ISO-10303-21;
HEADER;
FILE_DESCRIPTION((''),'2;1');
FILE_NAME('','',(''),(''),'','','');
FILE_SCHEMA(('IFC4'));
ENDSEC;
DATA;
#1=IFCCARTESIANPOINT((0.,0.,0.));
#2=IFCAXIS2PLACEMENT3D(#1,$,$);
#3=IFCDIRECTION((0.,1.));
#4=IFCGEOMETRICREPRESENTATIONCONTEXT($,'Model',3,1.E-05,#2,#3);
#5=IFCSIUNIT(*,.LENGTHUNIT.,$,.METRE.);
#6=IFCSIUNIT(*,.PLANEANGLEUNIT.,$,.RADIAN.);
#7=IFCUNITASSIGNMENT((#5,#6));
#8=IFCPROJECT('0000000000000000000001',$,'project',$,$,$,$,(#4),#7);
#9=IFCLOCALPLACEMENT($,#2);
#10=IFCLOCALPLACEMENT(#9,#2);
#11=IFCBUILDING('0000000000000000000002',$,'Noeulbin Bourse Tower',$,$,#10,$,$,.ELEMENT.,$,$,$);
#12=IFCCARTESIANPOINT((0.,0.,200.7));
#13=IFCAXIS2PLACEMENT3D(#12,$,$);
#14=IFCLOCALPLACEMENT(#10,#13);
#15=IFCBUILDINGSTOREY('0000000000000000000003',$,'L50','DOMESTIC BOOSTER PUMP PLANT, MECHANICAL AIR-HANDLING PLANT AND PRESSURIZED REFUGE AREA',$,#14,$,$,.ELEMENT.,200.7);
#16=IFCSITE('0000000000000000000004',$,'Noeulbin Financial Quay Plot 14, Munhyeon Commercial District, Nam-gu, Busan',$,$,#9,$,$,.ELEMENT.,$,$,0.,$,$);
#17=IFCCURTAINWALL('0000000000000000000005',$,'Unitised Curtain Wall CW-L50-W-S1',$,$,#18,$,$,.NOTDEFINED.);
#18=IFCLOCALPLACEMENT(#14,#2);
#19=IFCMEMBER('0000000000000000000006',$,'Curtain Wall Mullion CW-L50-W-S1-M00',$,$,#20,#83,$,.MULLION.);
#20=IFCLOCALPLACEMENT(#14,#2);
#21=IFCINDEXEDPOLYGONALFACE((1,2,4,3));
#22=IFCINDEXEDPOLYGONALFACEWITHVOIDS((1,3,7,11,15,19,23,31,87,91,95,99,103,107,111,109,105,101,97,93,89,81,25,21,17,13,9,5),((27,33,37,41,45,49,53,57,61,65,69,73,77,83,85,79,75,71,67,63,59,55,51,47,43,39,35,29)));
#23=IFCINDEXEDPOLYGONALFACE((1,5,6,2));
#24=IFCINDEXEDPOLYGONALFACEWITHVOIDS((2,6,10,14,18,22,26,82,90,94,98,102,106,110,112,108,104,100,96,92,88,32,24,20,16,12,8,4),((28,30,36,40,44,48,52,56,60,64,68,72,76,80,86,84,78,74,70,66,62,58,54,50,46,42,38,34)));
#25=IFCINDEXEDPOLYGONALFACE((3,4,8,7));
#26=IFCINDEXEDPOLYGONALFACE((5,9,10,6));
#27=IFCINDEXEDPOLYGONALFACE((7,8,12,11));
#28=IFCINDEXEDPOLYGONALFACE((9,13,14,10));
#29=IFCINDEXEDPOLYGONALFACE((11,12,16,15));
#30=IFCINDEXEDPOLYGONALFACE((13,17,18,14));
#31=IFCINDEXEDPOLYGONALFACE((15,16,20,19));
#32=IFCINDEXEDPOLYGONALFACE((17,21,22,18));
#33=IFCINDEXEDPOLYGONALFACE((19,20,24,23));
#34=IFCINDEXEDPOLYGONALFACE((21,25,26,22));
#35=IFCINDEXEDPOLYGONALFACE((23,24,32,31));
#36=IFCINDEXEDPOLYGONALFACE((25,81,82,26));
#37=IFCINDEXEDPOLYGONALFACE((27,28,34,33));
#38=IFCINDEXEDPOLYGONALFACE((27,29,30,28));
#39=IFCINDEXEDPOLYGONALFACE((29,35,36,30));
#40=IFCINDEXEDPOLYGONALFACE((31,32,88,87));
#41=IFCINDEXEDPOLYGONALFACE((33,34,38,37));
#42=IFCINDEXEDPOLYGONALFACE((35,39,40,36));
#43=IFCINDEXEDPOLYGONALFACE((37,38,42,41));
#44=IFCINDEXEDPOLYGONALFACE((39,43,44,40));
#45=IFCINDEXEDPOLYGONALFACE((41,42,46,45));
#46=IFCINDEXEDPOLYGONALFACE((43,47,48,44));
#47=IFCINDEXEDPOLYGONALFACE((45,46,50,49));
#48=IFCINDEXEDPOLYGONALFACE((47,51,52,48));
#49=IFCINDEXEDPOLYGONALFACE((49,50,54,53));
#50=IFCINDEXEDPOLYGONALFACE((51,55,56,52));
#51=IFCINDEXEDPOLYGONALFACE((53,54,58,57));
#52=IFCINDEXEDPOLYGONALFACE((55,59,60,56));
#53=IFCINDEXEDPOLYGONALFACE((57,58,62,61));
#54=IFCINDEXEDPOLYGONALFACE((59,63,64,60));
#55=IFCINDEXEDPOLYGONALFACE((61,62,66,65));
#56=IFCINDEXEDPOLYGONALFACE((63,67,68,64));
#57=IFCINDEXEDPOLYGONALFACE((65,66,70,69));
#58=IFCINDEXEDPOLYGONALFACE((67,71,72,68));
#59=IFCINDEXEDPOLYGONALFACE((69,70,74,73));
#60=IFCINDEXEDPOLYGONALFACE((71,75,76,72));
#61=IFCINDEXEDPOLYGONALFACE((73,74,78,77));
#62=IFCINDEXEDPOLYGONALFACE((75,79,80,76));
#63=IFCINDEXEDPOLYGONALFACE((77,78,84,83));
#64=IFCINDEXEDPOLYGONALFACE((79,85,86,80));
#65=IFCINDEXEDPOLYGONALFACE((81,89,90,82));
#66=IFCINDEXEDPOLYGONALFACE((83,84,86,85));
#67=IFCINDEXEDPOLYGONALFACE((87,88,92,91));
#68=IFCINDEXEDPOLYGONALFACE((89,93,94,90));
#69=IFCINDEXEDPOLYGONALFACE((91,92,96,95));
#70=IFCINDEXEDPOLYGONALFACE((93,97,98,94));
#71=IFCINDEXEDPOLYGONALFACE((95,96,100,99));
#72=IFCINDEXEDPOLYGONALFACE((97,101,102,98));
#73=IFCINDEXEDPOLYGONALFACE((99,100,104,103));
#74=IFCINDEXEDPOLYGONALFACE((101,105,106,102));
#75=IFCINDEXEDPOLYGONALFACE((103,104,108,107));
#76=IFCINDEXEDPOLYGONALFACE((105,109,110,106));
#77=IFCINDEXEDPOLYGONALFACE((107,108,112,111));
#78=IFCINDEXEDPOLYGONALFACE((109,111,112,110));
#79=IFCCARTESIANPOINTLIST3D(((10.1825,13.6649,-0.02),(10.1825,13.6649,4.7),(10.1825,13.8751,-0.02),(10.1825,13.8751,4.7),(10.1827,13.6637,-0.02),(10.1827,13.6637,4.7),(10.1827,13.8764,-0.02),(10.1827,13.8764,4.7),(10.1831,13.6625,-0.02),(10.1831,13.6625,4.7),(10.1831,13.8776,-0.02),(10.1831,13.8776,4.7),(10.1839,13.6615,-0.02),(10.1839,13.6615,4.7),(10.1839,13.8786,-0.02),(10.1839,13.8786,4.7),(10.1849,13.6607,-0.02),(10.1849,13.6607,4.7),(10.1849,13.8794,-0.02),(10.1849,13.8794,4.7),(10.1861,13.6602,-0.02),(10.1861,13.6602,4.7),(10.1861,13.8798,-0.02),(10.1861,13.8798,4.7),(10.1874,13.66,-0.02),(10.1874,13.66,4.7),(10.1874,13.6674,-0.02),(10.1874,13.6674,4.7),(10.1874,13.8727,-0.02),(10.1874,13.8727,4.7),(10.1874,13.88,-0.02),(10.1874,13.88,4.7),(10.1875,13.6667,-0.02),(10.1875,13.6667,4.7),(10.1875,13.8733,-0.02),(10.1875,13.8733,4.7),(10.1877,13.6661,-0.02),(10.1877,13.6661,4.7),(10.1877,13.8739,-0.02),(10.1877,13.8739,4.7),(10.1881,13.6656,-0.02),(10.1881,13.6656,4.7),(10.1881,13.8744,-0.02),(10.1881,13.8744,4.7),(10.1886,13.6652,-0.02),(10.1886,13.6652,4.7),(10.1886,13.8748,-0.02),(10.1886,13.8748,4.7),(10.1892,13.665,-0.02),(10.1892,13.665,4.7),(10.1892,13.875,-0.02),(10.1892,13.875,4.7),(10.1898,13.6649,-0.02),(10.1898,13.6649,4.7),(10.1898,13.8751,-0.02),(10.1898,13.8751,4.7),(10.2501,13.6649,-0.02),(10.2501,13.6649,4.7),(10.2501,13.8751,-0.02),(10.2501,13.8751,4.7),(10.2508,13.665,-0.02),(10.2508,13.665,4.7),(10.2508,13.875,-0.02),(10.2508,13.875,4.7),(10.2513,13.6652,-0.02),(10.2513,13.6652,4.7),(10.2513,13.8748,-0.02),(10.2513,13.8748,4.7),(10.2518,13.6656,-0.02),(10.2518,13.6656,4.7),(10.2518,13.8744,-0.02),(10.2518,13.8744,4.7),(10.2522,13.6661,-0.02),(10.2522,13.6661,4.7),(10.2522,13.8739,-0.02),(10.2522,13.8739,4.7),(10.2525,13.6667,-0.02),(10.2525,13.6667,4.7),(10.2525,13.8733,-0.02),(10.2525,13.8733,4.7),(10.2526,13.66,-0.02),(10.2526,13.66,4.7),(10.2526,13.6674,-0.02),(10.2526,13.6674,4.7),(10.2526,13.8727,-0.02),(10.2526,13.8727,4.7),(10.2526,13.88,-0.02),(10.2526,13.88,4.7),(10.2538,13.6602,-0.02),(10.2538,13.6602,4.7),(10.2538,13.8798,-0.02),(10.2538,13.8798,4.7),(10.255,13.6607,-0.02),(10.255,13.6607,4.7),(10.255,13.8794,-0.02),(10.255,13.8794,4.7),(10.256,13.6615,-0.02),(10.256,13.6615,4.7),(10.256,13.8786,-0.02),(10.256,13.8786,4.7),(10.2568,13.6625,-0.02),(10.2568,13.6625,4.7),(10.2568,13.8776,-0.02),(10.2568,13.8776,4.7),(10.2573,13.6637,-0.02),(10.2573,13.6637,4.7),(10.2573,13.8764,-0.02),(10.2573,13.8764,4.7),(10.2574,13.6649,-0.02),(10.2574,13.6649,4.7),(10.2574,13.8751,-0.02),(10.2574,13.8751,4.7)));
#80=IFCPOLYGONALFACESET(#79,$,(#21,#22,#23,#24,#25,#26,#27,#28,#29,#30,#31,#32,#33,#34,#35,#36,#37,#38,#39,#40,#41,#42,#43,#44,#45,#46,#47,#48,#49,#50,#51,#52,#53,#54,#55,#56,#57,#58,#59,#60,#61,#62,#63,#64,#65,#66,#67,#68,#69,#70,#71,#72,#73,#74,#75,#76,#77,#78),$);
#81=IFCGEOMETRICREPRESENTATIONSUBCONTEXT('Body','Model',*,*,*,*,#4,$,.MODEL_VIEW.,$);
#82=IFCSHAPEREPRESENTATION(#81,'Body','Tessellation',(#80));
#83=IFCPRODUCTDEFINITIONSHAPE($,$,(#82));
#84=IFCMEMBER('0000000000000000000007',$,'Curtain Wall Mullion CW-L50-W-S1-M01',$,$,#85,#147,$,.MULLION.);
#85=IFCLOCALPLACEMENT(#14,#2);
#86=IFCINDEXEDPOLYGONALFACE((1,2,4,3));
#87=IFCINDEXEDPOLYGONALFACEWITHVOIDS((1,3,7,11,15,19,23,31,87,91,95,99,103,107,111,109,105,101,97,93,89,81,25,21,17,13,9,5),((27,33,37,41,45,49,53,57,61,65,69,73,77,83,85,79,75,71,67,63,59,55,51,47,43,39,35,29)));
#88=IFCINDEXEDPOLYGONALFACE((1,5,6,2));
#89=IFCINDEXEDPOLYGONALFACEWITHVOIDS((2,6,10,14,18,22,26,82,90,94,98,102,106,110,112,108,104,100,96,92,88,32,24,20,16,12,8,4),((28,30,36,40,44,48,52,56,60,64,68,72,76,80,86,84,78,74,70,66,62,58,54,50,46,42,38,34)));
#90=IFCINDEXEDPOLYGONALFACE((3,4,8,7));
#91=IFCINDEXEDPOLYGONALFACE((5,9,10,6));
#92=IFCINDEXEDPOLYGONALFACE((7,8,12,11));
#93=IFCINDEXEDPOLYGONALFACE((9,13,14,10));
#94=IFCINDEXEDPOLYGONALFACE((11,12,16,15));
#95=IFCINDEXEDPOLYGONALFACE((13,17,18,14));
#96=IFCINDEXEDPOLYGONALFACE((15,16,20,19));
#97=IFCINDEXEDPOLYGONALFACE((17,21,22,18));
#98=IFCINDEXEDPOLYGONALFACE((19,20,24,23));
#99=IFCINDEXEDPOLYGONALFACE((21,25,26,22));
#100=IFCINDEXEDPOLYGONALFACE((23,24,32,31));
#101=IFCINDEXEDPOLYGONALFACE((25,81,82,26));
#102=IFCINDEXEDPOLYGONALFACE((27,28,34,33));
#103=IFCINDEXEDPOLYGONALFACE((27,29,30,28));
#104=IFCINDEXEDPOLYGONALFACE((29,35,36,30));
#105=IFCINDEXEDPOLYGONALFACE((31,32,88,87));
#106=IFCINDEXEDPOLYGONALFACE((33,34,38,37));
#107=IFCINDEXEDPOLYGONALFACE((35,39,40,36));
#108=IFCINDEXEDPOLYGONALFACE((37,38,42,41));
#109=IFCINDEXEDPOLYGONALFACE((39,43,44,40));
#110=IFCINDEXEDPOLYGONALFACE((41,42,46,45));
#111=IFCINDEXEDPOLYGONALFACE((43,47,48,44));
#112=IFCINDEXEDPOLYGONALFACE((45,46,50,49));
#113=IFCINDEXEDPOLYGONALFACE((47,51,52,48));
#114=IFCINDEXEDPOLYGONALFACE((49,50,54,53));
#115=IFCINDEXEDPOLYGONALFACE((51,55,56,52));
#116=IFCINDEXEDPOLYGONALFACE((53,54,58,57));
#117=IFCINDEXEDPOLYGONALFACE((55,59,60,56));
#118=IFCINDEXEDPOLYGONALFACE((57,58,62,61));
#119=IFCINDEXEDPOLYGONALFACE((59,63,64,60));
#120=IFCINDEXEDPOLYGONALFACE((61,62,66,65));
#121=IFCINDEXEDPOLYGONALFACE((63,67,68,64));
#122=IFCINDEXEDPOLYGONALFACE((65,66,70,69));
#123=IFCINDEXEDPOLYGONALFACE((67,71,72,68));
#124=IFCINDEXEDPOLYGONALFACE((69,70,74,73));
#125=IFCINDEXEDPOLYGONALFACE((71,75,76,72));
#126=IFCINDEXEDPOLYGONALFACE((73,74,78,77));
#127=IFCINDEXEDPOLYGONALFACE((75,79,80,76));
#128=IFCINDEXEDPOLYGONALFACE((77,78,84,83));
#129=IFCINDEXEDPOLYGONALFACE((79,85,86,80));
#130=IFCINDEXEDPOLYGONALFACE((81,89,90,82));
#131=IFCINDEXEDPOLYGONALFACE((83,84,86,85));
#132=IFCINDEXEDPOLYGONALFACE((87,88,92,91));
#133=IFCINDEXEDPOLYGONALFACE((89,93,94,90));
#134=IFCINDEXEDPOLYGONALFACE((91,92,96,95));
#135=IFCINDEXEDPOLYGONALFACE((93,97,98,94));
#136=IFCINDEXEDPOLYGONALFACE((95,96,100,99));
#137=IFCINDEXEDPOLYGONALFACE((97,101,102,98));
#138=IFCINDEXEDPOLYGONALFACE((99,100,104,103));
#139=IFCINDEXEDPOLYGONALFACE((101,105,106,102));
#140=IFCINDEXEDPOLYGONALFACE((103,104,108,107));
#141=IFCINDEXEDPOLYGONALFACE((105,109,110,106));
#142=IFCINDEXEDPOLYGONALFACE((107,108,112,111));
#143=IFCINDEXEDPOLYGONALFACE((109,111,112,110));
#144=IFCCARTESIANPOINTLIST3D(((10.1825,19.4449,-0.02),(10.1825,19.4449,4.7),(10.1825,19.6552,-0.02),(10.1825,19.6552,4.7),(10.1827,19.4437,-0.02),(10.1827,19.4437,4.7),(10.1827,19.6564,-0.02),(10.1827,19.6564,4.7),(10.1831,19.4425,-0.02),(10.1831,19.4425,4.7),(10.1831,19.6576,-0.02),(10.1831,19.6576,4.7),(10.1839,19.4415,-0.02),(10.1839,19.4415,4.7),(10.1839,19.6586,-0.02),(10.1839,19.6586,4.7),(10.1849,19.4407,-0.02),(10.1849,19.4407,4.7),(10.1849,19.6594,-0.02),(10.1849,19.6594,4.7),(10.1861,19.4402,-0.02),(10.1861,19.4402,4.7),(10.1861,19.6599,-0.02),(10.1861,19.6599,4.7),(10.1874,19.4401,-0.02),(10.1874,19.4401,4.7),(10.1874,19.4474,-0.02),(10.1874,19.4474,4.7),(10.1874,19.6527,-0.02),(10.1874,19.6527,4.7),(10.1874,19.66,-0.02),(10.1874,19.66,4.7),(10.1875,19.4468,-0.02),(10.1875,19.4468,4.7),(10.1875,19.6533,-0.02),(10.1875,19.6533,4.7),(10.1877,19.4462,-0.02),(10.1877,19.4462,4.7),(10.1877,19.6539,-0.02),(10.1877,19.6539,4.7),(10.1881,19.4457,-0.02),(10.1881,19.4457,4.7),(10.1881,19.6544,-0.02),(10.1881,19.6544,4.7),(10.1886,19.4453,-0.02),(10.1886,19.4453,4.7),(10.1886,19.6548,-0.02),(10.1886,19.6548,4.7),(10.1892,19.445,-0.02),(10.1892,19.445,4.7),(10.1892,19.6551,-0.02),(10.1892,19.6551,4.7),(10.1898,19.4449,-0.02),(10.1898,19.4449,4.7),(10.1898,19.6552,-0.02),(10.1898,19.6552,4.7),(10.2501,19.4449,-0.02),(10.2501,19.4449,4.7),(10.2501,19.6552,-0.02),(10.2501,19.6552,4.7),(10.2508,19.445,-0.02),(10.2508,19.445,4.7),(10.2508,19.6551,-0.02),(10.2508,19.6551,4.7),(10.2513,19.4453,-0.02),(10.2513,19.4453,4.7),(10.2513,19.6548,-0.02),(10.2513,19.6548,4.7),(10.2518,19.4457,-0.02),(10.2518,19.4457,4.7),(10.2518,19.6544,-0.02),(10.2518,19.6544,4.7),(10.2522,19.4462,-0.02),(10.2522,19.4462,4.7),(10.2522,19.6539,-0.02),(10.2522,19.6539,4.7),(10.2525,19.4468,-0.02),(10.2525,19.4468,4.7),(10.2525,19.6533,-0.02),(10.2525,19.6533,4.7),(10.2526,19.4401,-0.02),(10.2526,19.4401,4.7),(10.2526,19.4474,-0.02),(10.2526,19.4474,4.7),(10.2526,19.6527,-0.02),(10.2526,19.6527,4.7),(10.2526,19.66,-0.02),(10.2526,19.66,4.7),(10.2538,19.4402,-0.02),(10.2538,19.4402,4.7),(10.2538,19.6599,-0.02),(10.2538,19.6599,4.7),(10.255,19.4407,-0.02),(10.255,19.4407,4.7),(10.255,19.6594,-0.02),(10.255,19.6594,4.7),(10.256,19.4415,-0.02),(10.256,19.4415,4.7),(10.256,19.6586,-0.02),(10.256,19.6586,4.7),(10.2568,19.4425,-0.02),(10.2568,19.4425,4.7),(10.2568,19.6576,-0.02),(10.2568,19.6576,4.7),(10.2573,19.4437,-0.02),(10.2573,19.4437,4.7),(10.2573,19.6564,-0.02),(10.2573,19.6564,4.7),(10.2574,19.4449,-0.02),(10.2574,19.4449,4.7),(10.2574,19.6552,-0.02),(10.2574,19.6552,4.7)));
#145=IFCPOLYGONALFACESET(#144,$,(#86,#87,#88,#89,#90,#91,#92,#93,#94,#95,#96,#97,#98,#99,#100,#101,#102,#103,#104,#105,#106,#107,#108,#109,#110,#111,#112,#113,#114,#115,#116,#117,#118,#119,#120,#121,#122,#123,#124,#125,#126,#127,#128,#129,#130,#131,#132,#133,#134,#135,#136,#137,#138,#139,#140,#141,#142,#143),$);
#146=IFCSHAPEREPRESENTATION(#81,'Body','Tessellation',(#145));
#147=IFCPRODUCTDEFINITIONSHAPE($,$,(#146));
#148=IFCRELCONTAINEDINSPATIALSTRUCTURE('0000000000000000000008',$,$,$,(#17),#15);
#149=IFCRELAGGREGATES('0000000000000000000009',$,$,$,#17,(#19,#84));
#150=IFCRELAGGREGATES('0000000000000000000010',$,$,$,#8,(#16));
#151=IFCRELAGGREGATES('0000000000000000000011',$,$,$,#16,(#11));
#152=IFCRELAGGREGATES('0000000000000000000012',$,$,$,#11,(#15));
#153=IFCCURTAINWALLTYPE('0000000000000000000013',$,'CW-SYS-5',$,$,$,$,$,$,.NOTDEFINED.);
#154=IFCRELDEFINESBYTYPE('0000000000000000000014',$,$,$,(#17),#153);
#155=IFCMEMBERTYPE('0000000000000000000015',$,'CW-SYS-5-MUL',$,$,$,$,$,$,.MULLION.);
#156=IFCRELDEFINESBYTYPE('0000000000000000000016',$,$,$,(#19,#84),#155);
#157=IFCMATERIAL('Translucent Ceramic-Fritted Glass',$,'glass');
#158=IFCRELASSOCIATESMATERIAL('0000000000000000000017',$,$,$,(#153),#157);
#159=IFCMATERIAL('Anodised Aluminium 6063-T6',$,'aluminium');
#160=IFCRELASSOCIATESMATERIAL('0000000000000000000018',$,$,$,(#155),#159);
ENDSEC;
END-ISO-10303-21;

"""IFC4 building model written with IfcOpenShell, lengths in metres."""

from ifc_helpers import new_model, si_unit, direction, frame, origin, origin_2d, place, context, subcontext, project, spatial, hollow_rectangle, extrude, material, material_profile, profile_set, type_object, element, aggregate, save


model = new_model("IFC4")

# Units and contexts
model_context = context("Model", 3, precision=1e-05, world=origin(), true_north=direction((0.0, 1.0)))
body_context = subcontext(model_context, "Body", "Model", "MODEL_VIEW")
ifc_project = project(units=[si_unit("LENGTHUNIT", "METRE"), si_unit("PLANEANGLEUNIT", "RADIAN")], contexts=[model_context])

# Site, building, storey
site_placement = place(None, origin())
site = spatial("IfcSite", under=ifc_project, at=site_placement, Name="Noeulbin Financial Quay Plot 14, Munhyeon Commercial District, Nam-gu, Busan", CompositionType="ELEMENT", RefElevation=0.0)
building_placement = place(site_placement, origin())
building = spatial("IfcBuilding", under=site, at=building_placement, Name="Noeulbin Bourse Tower", CompositionType="ELEMENT")
storey_placement = place(building_placement, frame((0.0, 0.0, 200.7)))
storey = spatial("IfcBuildingStorey", under=building, at=storey_placement, Name="L50", Description="DOMESTIC BOOSTER PUMP PLANT, MECHANICAL AIR-HANDLING PLANT AND PRESSURIZED REFUGE AREA", CompositionType="ELEMENT", Elevation=200.7)

# Curtain wall, members
ifc_material_1 = material(Name="Translucent Ceramic-Fritted Glass", Category="glass")
curtain_wall_type = type_object("IfcCurtainWallType", Name="CW-SYS-5", PredefinedType="NOTDEFINED", material=ifc_material_1)
curtain_wall_placement = place(storey_placement, origin())
curtain_wall = element("IfcCurtainWall", 1, at=curtain_wall_placement, inside=storey, type_object=curtain_wall_type, Name="Unitised Curtain Wall CW-L50-W-S1", PredefinedType="NOTDEFINED")
ifc_material_2 = material(Name="Anodised Aluminium 6063-T6", Category="aluminium")
ifc_material_profile_1 = material_profile(ifc_material_2, hollow_rectangle(XDim=0.075, YDim=0.22, WallThickness=0.0049, InnerFilletRadius=0.0024, OuterFilletRadius=0.0049, at=origin_2d()), Name="ALU-MULL-75x220x5", Category="LoadBearing")
ifc_profile_set_1 = profile_set([ifc_material_profile_1], Name="Anodised Aluminium 6063-T6")
member_type_1 = type_object("IfcMemberType", Name="CW-SYS-5-MUL", PredefinedType="MULLION", material=ifc_profile_set_1)
member_1_placement = place(storey_placement, frame((10.22, 13.77, -0.02), z_axis=(0.0, 0.0, 1.0), x_axis=(1.0, 0.0, 0.0)))
member_1 = element("IfcMember", 2, at=member_1_placement, type_object=member_type_1, Name="Curtain Wall Mullion CW-L50-W-S1-M00", PredefinedType="MULLION", context=body_context, shape_type="SweptSolid", body=[
    extrude(hollow_rectangle(XDim=0.075, YDim=0.22, WallThickness=0.0049, InnerFilletRadius=0.0024, OuterFilletRadius=0.0049, at=origin_2d()), origin(), (0.0, 0.0, 1.0), 4.72),
])
member_2_placement = place(storey_placement, frame((10.22, 19.55, -0.02), z_axis=(0.0, 0.0, 1.0), x_axis=(1.0, 0.0, 0.0)))
member_2 = element("IfcMember", 3, at=member_2_placement, type_object=member_type_1, Name="Curtain Wall Mullion CW-L50-W-S1-M01", PredefinedType="MULLION", context=body_context, shape_type="SweptSolid", body=[
    extrude(hollow_rectangle(XDim=0.075, YDim=0.22, WallThickness=0.0049, InnerFilletRadius=0.0024, OuterFilletRadius=0.0049, at=origin_2d()), origin(), (0.0, 0.0, 1.0), 4.72),
])

aggregate(curtain_wall, [member_1, member_2])

save(model, "model.ifc")
